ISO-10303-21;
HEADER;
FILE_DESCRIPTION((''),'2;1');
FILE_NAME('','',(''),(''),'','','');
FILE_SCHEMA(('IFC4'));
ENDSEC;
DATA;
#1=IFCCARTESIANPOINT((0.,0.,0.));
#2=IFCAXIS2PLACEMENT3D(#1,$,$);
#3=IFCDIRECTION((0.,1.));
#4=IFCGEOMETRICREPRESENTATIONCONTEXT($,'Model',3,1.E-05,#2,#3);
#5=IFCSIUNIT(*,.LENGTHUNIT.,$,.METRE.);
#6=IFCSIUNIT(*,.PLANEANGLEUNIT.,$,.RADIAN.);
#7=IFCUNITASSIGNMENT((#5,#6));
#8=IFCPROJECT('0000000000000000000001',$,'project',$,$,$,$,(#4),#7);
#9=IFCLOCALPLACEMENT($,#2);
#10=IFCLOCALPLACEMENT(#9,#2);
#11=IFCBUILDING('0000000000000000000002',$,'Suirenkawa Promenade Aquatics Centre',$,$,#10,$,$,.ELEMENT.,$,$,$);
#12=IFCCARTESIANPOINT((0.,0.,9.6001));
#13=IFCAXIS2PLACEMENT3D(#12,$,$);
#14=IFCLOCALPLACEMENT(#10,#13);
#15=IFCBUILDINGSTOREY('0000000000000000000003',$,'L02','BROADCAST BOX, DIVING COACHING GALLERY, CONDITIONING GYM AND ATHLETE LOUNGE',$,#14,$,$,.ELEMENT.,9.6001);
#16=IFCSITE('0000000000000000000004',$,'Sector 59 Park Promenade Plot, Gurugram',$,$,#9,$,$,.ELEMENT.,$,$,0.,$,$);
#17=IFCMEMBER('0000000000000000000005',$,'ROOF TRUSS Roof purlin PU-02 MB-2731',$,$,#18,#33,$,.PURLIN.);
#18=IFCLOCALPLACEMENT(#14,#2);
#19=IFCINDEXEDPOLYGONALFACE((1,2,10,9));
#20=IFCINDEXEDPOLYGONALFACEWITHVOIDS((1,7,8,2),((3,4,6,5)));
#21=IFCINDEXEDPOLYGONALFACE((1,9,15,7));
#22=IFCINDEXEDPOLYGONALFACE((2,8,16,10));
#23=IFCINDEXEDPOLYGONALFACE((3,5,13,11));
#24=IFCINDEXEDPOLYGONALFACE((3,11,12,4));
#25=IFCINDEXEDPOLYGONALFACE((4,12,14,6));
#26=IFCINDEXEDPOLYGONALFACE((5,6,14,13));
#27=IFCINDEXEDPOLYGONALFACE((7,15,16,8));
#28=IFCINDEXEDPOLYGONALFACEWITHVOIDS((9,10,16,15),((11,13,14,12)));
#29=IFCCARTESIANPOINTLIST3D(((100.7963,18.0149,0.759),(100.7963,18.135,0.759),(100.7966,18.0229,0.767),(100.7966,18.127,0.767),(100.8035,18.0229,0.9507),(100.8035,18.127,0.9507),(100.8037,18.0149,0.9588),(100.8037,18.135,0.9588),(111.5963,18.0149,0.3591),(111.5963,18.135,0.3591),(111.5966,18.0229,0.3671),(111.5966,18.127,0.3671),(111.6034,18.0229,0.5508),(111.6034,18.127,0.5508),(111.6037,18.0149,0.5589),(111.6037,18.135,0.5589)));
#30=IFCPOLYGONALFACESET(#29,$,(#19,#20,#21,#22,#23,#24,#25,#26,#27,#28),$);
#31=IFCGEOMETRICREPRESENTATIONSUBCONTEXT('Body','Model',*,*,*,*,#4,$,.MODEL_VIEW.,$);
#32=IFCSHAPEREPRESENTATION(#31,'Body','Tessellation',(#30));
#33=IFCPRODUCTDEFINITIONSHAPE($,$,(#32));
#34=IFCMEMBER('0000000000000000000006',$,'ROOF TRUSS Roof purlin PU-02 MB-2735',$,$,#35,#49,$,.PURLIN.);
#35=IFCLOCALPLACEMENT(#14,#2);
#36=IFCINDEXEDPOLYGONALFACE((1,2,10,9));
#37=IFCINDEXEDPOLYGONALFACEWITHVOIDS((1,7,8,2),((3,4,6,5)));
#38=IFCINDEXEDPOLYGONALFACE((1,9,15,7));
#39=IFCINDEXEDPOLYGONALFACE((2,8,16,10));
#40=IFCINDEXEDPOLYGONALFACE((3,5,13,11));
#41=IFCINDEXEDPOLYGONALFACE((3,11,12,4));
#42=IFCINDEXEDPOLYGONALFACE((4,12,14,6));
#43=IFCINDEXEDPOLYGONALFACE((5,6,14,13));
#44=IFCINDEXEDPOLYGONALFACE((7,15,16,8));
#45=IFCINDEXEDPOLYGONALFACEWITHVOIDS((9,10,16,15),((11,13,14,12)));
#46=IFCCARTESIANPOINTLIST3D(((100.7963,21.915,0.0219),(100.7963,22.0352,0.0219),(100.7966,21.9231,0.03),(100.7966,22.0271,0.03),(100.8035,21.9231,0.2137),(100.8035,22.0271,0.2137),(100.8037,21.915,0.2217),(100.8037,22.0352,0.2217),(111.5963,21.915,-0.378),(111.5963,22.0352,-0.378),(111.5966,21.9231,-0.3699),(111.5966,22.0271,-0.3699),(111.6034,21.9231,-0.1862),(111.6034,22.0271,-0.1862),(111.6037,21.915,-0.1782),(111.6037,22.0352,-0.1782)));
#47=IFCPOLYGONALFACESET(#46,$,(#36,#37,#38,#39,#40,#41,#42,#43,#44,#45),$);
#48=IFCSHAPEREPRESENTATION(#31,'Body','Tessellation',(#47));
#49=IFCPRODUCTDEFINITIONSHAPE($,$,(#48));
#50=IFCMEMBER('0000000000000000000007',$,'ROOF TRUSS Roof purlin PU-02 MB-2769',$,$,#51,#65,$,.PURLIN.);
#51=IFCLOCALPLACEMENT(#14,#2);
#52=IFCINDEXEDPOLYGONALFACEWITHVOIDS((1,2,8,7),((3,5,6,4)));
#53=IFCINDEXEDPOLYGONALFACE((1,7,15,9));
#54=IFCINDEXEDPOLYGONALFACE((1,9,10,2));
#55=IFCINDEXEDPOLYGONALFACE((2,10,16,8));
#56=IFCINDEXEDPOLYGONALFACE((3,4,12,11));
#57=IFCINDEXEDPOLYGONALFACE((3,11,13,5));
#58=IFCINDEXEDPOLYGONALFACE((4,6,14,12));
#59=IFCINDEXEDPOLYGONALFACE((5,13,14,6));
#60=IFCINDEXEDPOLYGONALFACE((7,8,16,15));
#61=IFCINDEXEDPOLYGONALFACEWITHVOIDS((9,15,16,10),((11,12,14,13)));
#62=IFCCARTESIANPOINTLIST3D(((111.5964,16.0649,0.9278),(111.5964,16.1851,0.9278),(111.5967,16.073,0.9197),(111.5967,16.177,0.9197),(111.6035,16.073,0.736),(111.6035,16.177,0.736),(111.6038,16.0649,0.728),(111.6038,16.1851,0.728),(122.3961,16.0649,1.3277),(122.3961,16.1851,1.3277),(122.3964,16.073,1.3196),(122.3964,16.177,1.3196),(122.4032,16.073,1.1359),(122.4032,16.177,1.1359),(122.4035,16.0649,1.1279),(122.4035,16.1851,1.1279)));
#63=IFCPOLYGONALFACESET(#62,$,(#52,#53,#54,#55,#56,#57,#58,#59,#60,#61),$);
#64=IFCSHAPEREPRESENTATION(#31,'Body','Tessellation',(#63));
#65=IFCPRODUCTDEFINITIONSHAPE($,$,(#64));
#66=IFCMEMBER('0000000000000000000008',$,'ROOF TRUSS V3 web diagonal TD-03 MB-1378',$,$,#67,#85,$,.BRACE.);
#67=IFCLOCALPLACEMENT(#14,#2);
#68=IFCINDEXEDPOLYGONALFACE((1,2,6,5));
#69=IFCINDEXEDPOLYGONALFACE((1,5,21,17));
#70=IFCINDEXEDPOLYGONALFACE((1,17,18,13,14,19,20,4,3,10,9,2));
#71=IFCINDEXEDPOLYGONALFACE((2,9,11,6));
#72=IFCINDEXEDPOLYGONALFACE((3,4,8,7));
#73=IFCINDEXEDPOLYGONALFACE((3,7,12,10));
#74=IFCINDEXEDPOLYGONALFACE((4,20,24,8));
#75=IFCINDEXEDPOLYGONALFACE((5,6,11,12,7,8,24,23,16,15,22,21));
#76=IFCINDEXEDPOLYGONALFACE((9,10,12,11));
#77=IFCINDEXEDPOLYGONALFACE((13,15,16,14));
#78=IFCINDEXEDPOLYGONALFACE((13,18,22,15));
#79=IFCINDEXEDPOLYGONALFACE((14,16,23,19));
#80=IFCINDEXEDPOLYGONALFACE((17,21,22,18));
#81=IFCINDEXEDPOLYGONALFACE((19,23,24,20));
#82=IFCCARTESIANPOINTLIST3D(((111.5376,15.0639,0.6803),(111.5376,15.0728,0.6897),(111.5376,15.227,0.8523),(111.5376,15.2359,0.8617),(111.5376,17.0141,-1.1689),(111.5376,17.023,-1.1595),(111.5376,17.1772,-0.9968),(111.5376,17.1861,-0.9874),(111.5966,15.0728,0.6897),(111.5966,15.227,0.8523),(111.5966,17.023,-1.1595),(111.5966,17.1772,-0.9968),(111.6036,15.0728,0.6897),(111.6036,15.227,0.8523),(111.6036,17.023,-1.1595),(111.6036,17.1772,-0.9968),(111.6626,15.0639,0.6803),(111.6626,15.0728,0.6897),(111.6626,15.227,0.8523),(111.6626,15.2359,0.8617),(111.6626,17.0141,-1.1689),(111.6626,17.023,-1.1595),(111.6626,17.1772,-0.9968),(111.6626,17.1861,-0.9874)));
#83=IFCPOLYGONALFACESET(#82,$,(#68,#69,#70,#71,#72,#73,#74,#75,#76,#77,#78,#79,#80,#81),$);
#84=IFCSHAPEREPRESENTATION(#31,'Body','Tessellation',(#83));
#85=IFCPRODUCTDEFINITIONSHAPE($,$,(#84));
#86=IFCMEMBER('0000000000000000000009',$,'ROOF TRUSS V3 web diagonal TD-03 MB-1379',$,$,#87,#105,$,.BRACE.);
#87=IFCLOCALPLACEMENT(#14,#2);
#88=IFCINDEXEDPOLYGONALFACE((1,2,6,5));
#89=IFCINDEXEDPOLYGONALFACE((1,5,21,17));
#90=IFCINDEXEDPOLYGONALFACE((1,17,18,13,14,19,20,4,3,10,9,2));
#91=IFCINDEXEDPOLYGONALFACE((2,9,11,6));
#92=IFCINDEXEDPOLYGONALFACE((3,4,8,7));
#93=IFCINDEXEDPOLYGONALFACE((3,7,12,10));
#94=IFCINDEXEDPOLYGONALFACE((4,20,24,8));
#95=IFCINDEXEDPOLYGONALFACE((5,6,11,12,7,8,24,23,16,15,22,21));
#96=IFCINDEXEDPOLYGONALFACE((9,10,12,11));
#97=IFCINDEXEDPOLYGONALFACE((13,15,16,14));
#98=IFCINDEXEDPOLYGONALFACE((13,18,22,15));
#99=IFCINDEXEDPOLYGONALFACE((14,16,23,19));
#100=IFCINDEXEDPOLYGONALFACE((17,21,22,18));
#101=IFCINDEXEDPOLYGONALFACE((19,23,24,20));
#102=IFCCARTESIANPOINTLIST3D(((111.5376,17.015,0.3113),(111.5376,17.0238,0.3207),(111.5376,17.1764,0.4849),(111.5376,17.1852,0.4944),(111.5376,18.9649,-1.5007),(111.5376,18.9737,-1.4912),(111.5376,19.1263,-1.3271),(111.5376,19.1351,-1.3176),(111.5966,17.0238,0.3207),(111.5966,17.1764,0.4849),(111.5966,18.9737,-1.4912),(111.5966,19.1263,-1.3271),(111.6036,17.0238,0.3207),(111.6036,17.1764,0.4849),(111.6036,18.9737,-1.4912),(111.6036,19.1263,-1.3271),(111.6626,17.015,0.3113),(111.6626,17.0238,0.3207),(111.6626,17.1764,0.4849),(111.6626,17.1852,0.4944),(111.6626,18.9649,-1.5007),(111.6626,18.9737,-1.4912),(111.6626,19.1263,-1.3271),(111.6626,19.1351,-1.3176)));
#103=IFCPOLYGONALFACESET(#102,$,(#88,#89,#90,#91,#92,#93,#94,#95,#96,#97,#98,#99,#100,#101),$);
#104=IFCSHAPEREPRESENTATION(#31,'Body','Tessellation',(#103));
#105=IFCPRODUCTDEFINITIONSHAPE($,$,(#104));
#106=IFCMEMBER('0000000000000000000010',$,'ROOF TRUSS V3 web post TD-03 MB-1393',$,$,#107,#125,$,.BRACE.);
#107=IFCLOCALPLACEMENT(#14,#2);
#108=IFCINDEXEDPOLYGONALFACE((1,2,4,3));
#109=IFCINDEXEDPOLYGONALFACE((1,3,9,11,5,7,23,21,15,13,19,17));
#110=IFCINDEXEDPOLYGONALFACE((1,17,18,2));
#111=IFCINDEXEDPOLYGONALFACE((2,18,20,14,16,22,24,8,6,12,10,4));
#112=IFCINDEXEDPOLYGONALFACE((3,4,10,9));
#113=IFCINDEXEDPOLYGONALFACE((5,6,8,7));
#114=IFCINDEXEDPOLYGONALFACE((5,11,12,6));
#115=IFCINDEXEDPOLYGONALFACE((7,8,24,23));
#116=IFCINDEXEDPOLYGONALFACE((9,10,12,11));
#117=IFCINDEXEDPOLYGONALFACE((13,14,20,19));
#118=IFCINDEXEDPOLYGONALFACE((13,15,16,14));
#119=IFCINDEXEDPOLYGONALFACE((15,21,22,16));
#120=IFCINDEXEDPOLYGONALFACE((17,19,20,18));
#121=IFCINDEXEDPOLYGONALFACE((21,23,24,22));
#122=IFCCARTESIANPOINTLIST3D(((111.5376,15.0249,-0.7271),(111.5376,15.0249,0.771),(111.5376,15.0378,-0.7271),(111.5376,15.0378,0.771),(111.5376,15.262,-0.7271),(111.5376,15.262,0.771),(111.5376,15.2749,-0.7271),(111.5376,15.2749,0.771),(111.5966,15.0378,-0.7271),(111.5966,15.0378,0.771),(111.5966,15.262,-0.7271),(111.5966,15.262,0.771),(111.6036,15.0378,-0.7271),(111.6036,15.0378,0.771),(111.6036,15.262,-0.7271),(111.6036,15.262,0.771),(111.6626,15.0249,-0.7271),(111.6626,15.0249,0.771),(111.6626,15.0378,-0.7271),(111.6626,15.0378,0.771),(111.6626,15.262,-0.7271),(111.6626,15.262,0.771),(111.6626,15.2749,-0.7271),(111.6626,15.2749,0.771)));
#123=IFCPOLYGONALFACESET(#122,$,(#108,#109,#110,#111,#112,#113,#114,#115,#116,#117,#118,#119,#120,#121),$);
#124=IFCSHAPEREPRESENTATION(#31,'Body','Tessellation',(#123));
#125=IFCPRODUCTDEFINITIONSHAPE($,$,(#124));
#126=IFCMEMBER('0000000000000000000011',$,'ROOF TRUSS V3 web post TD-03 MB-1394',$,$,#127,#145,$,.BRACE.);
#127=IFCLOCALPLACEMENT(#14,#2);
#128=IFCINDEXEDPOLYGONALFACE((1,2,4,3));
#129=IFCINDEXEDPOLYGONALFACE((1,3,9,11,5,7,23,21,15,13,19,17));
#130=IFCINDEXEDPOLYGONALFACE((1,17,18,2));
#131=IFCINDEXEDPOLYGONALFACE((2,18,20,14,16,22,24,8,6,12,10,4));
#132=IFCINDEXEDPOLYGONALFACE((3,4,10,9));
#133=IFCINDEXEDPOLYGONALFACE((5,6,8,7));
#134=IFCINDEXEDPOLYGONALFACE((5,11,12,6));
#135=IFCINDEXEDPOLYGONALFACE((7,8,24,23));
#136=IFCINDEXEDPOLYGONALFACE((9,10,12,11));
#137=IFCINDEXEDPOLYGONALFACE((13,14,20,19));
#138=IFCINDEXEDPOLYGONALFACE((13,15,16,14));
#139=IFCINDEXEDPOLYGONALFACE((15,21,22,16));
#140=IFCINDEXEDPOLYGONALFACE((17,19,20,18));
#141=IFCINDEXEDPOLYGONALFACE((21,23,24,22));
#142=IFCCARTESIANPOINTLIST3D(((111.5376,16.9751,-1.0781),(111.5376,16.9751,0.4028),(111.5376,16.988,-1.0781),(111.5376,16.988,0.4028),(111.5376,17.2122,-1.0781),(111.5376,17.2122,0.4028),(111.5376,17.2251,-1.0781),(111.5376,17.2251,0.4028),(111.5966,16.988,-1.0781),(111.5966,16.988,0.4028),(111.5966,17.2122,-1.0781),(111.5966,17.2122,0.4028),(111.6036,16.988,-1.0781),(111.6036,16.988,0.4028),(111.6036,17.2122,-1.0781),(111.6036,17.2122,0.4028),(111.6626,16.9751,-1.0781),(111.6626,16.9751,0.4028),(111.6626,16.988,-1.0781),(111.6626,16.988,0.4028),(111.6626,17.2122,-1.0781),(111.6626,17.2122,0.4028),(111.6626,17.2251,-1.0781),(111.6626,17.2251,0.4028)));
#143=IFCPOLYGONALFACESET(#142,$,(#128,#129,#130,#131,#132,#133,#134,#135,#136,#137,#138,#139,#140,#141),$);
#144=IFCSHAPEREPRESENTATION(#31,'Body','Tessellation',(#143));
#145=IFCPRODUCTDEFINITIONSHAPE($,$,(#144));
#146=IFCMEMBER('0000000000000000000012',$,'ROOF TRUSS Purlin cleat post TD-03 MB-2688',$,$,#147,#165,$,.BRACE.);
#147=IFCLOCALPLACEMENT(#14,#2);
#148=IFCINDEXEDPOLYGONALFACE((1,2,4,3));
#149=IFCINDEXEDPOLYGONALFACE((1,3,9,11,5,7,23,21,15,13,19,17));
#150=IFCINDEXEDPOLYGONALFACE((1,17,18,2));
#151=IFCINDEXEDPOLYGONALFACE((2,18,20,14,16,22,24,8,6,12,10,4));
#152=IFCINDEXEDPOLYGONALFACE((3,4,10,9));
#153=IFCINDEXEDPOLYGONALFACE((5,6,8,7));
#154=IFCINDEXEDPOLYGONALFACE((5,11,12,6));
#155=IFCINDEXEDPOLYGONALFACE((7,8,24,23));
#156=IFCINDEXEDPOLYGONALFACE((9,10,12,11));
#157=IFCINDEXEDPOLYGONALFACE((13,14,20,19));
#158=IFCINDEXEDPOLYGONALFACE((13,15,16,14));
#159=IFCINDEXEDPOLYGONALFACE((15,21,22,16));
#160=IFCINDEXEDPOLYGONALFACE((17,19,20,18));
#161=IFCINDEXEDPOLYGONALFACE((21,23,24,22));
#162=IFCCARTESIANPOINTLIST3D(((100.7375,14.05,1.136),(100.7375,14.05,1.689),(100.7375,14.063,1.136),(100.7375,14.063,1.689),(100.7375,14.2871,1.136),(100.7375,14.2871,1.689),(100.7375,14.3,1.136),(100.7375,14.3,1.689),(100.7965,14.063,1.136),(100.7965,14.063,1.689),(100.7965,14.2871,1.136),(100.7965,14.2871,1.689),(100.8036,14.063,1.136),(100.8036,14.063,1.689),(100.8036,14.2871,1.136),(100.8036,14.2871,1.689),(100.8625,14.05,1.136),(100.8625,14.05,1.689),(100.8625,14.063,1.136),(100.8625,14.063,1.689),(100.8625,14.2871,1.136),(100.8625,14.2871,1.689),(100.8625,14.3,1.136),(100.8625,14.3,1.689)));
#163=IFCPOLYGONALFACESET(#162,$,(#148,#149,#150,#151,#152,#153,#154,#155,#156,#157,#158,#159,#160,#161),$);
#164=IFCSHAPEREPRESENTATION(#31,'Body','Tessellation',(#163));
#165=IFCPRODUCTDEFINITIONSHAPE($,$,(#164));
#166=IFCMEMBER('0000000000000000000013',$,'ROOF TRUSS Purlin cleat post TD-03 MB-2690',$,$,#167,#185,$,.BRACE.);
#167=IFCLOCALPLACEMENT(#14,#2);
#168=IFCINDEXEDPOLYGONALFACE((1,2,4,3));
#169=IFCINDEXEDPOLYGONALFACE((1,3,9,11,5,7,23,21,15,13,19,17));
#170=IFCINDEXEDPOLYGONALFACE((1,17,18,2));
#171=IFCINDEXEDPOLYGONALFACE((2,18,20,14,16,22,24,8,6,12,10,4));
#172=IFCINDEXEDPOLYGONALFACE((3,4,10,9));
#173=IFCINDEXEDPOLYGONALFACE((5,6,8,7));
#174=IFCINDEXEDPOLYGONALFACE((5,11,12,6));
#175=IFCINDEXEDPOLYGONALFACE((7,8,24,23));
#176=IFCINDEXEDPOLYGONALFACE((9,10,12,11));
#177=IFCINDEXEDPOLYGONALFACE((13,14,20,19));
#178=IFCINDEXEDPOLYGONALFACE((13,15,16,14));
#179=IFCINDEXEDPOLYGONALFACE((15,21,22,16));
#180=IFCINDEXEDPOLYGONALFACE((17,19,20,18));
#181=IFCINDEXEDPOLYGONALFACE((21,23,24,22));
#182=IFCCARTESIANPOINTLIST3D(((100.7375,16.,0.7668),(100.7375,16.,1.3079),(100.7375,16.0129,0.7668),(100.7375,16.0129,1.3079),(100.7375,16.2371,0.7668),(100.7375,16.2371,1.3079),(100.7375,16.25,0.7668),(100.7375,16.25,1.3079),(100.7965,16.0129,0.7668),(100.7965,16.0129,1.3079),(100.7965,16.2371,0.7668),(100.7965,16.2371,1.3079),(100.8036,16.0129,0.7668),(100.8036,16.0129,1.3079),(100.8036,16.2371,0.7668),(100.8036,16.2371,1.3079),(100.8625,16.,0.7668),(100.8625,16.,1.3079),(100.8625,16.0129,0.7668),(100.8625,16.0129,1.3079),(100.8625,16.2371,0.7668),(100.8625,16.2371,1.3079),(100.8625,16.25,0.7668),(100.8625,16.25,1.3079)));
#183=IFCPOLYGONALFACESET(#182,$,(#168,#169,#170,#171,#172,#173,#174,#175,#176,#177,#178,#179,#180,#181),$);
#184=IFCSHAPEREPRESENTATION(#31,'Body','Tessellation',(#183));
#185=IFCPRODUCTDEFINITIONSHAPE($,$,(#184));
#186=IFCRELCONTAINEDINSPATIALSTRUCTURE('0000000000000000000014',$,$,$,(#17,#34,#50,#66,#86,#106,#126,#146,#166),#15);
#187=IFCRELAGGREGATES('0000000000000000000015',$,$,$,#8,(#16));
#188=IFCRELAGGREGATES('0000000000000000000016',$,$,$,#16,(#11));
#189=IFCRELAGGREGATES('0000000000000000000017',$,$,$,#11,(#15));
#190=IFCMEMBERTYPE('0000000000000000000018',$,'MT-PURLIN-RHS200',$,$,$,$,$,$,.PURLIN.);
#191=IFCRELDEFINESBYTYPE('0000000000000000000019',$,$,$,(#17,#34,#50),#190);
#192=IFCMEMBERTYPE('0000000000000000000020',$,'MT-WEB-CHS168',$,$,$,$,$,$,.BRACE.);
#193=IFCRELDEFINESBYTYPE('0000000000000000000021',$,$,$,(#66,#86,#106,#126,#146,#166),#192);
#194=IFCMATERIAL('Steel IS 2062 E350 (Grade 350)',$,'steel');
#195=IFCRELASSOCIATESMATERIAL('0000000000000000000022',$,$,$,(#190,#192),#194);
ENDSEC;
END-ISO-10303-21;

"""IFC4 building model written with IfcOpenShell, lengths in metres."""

from ifc_helpers import new_model, si_unit, direction, frame, origin, origin_2d, place, context, subcontext, project, spatial, hollow_rectangle, i_section, extrude, material, material_profile, profile_set, type_object, element, save


model = new_model("IFC4")

# Units and contexts
model_context = context("Model", 3, precision=1e-05, world=origin(), true_north=direction((0.0, 1.0)))
body_context = subcontext(model_context, "Body", "Model", "MODEL_VIEW")
ifc_project = project(units=[si_unit("LENGTHUNIT", "METRE"), si_unit("PLANEANGLEUNIT", "RADIAN")], contexts=[model_context])

# Site, building, storey
site_placement = place(None, origin())
site = spatial("IfcSite", under=ifc_project, at=site_placement, Name="Sector 59 Park Promenade Plot, Gurugram", CompositionType="ELEMENT", RefElevation=0.0)
building_placement = place(site_placement, origin())
building = spatial("IfcBuilding", under=site, at=building_placement, Name="Suirenkawa Promenade Aquatics Centre", CompositionType="ELEMENT")
storey_placement = place(building_placement, frame((0.0, 0.0, 9.6001)))
storey = spatial("IfcBuildingStorey", under=building, at=storey_placement, Name="L02", Description="BROADCAST BOX, DIVING COACHING GALLERY, CONDITIONING GYM AND ATHLETE LOUNGE", CompositionType="ELEMENT", Elevation=9.6001)

# Shared definitions
ifc_material = material(Name="Steel IS 2062 E350 (Grade 350)", Category="steel")

# Members
ifc_material_profile_1 = material_profile(ifc_material, hollow_rectangle(XDim=0.1201, YDim=0.2, WallThickness=0.0081, at=origin_2d()), Name="RHS 200x120x8", Category="steel")
ifc_profile_set_1 = profile_set([ifc_material_profile_1], Name="Steel IS 2062 E350 (Grade 350)")
member_type_1 = type_object("IfcMemberType", Name="MT-PURLIN-RHS200", PredefinedType="PURLIN", material=ifc_profile_set_1)
for number, where, z_axis, x_axis, name in (
    (1, (100.8, 18.075, 0.8589), (0.999315, 0.0, -0.037002), (0.0, 1.0, 0.0), "ROOF TRUSS Roof purlin PU-02 MB-2731"),
    (2, (100.8, 21.9751, 0.1218), (0.999315, 0.0, -0.037002), (0.0, 1.0, 0.0), "ROOF TRUSS Roof purlin PU-02 MB-2735"),
):
    element("IfcMember", number, at=place(storey_placement, frame(where, z_axis=z_axis, x_axis=x_axis)), inside=storey, type_object=member_type_1, Name=name, PredefinedType="PURLIN", context=body_context, shape_type="SweptSolid", body=[
        extrude(hollow_rectangle(XDim=0.1201, YDim=0.2, WallThickness=0.0081, at=origin_2d()), origin(), (0.0, 0.0, 1.0), 10.8074),
    ])
member_1_placement = place(storey_placement, frame((111.6001, 16.125, 0.8279), z_axis=(0.999315, 0.0, 0.037003), x_axis=(0.0, 1.0, 0.0)))
element("IfcMember", 3, at=member_1_placement, inside=storey, type_object=member_type_1, Name="ROOF TRUSS Roof purlin PU-02 MB-2769", PredefinedType="PURLIN", context=body_context, shape_type="SweptSolid", body=[
    extrude(hollow_rectangle(XDim=0.1201, YDim=0.2, WallThickness=0.0081, at=origin_2d()), origin(), (0.0, 0.0, 1.0), 10.8071),
])
ifc_material_profile_2 = material_profile(ifc_material, i_section(OverallWidth=0.125, OverallDepth=0.25, WebThickness=0.0071, FlangeThickness=0.0129, at=origin_2d()), Name="ISMB 250", Category="steel")
ifc_profile_set_2 = profile_set([ifc_material_profile_2], Name="Steel IS 2062 E350 (Grade 350)")
member_type_2 = type_object("IfcMemberType", Name="MT-WEB-CHS168", PredefinedType="BRACE", material=ifc_profile_set_2)
member_2_placement = place(storey_placement, frame((111.6001, 15.1499, 0.771), z_axis=(0.0, 0.725661, -0.688052), x_axis=(-1.0, 0.0, 0.0)))
element("IfcMember", 4, at=member_2_placement, inside=storey, type_object=member_type_2, Name="ROOF TRUSS V3 web diagonal TD-03 MB-1378", PredefinedType="BRACE", context=body_context, shape_type="SweptSolid", body=[
    extrude(i_section(OverallWidth=0.125, OverallDepth=0.25, WebThickness=0.0071, FlangeThickness=0.0129, at=origin_2d()), origin(), (0.0, 0.0, 1.0), 2.6875),
])
member_3_placement = place(storey_placement, frame((111.6001, 17.1001, 0.4028), z_axis=(0.0, 0.732542, -0.680722), x_axis=(-1.0, 0.0, 0.0)))
element("IfcMember", 5, at=member_3_placement, inside=storey, type_object=member_type_2, Name="ROOF TRUSS V3 web diagonal TD-03 MB-1379", PredefinedType="BRACE", context=body_context, shape_type="SweptSolid", body=[
    extrude(i_section(OverallWidth=0.125, OverallDepth=0.25, WebThickness=0.0071, FlangeThickness=0.0129, at=origin_2d()), origin(), (0.0, 0.0, 1.0), 2.6619),
])
member_4_placement = place(storey_placement, frame((111.6001, 15.1499, -0.7271), z_axis=(0.0, 0.0, 1.0), x_axis=(1.0, 0.0, 0.0)))
element("IfcMember", 6, at=member_4_placement, inside=storey, type_object=member_type_2, Name="ROOF TRUSS V3 web post TD-03 MB-1393", PredefinedType="BRACE", context=body_context, shape_type="SweptSolid", body=[
    extrude(i_section(OverallWidth=0.125, OverallDepth=0.25, WebThickness=0.0071, FlangeThickness=0.0129, at=origin_2d()), origin(), (0.0, 0.0, 1.0), 1.498),
])
member_5_placement = place(storey_placement, frame((111.6001, 17.1001, -1.0781), z_axis=(0.0, 0.0, 1.0), x_axis=(1.0, 0.0, 0.0)))
element("IfcMember", 7, at=member_5_placement, inside=storey, type_object=member_type_2, Name="ROOF TRUSS V3 web post TD-03 MB-1394", PredefinedType="BRACE", context=body_context, shape_type="SweptSolid", body=[
    extrude(i_section(OverallWidth=0.125, OverallDepth=0.25, WebThickness=0.0071, FlangeThickness=0.0129, at=origin_2d()), origin(), (0.0, 0.0, 1.0), 1.481),
])
member_6_placement = place(storey_placement, frame((100.8, 14.175, 1.136), z_axis=(0.0, 0.0, 1.0), x_axis=(1.0, 0.0, 0.0)))
element("IfcMember", 8, at=member_6_placement, inside=storey, type_object=member_type_2, Name="ROOF TRUSS Purlin cleat post TD-03 MB-2688", PredefinedType="BRACE", context=body_context, shape_type="SweptSolid", body=[
    extrude(i_section(OverallWidth=0.125, OverallDepth=0.25, WebThickness=0.0071, FlangeThickness=0.0129, at=origin_2d()), origin(), (0.0, 0.0, 1.0), 0.553),
])
member_7_placement = place(storey_placement, frame((100.8, 16.125, 0.7668), z_axis=(0.0, 0.0, 1.0), x_axis=(1.0, 0.0, 0.0)))
element("IfcMember", 9, at=member_7_placement, inside=storey, type_object=member_type_2, Name="ROOF TRUSS Purlin cleat post TD-03 MB-2690", PredefinedType="BRACE", context=body_context, shape_type="SweptSolid", body=[
    extrude(i_section(OverallWidth=0.125, OverallDepth=0.25, WebThickness=0.0071, FlangeThickness=0.0129, at=origin_2d()), origin(), (0.0, 0.0, 1.0), 0.541),
])

save(model, "model.ifc")
